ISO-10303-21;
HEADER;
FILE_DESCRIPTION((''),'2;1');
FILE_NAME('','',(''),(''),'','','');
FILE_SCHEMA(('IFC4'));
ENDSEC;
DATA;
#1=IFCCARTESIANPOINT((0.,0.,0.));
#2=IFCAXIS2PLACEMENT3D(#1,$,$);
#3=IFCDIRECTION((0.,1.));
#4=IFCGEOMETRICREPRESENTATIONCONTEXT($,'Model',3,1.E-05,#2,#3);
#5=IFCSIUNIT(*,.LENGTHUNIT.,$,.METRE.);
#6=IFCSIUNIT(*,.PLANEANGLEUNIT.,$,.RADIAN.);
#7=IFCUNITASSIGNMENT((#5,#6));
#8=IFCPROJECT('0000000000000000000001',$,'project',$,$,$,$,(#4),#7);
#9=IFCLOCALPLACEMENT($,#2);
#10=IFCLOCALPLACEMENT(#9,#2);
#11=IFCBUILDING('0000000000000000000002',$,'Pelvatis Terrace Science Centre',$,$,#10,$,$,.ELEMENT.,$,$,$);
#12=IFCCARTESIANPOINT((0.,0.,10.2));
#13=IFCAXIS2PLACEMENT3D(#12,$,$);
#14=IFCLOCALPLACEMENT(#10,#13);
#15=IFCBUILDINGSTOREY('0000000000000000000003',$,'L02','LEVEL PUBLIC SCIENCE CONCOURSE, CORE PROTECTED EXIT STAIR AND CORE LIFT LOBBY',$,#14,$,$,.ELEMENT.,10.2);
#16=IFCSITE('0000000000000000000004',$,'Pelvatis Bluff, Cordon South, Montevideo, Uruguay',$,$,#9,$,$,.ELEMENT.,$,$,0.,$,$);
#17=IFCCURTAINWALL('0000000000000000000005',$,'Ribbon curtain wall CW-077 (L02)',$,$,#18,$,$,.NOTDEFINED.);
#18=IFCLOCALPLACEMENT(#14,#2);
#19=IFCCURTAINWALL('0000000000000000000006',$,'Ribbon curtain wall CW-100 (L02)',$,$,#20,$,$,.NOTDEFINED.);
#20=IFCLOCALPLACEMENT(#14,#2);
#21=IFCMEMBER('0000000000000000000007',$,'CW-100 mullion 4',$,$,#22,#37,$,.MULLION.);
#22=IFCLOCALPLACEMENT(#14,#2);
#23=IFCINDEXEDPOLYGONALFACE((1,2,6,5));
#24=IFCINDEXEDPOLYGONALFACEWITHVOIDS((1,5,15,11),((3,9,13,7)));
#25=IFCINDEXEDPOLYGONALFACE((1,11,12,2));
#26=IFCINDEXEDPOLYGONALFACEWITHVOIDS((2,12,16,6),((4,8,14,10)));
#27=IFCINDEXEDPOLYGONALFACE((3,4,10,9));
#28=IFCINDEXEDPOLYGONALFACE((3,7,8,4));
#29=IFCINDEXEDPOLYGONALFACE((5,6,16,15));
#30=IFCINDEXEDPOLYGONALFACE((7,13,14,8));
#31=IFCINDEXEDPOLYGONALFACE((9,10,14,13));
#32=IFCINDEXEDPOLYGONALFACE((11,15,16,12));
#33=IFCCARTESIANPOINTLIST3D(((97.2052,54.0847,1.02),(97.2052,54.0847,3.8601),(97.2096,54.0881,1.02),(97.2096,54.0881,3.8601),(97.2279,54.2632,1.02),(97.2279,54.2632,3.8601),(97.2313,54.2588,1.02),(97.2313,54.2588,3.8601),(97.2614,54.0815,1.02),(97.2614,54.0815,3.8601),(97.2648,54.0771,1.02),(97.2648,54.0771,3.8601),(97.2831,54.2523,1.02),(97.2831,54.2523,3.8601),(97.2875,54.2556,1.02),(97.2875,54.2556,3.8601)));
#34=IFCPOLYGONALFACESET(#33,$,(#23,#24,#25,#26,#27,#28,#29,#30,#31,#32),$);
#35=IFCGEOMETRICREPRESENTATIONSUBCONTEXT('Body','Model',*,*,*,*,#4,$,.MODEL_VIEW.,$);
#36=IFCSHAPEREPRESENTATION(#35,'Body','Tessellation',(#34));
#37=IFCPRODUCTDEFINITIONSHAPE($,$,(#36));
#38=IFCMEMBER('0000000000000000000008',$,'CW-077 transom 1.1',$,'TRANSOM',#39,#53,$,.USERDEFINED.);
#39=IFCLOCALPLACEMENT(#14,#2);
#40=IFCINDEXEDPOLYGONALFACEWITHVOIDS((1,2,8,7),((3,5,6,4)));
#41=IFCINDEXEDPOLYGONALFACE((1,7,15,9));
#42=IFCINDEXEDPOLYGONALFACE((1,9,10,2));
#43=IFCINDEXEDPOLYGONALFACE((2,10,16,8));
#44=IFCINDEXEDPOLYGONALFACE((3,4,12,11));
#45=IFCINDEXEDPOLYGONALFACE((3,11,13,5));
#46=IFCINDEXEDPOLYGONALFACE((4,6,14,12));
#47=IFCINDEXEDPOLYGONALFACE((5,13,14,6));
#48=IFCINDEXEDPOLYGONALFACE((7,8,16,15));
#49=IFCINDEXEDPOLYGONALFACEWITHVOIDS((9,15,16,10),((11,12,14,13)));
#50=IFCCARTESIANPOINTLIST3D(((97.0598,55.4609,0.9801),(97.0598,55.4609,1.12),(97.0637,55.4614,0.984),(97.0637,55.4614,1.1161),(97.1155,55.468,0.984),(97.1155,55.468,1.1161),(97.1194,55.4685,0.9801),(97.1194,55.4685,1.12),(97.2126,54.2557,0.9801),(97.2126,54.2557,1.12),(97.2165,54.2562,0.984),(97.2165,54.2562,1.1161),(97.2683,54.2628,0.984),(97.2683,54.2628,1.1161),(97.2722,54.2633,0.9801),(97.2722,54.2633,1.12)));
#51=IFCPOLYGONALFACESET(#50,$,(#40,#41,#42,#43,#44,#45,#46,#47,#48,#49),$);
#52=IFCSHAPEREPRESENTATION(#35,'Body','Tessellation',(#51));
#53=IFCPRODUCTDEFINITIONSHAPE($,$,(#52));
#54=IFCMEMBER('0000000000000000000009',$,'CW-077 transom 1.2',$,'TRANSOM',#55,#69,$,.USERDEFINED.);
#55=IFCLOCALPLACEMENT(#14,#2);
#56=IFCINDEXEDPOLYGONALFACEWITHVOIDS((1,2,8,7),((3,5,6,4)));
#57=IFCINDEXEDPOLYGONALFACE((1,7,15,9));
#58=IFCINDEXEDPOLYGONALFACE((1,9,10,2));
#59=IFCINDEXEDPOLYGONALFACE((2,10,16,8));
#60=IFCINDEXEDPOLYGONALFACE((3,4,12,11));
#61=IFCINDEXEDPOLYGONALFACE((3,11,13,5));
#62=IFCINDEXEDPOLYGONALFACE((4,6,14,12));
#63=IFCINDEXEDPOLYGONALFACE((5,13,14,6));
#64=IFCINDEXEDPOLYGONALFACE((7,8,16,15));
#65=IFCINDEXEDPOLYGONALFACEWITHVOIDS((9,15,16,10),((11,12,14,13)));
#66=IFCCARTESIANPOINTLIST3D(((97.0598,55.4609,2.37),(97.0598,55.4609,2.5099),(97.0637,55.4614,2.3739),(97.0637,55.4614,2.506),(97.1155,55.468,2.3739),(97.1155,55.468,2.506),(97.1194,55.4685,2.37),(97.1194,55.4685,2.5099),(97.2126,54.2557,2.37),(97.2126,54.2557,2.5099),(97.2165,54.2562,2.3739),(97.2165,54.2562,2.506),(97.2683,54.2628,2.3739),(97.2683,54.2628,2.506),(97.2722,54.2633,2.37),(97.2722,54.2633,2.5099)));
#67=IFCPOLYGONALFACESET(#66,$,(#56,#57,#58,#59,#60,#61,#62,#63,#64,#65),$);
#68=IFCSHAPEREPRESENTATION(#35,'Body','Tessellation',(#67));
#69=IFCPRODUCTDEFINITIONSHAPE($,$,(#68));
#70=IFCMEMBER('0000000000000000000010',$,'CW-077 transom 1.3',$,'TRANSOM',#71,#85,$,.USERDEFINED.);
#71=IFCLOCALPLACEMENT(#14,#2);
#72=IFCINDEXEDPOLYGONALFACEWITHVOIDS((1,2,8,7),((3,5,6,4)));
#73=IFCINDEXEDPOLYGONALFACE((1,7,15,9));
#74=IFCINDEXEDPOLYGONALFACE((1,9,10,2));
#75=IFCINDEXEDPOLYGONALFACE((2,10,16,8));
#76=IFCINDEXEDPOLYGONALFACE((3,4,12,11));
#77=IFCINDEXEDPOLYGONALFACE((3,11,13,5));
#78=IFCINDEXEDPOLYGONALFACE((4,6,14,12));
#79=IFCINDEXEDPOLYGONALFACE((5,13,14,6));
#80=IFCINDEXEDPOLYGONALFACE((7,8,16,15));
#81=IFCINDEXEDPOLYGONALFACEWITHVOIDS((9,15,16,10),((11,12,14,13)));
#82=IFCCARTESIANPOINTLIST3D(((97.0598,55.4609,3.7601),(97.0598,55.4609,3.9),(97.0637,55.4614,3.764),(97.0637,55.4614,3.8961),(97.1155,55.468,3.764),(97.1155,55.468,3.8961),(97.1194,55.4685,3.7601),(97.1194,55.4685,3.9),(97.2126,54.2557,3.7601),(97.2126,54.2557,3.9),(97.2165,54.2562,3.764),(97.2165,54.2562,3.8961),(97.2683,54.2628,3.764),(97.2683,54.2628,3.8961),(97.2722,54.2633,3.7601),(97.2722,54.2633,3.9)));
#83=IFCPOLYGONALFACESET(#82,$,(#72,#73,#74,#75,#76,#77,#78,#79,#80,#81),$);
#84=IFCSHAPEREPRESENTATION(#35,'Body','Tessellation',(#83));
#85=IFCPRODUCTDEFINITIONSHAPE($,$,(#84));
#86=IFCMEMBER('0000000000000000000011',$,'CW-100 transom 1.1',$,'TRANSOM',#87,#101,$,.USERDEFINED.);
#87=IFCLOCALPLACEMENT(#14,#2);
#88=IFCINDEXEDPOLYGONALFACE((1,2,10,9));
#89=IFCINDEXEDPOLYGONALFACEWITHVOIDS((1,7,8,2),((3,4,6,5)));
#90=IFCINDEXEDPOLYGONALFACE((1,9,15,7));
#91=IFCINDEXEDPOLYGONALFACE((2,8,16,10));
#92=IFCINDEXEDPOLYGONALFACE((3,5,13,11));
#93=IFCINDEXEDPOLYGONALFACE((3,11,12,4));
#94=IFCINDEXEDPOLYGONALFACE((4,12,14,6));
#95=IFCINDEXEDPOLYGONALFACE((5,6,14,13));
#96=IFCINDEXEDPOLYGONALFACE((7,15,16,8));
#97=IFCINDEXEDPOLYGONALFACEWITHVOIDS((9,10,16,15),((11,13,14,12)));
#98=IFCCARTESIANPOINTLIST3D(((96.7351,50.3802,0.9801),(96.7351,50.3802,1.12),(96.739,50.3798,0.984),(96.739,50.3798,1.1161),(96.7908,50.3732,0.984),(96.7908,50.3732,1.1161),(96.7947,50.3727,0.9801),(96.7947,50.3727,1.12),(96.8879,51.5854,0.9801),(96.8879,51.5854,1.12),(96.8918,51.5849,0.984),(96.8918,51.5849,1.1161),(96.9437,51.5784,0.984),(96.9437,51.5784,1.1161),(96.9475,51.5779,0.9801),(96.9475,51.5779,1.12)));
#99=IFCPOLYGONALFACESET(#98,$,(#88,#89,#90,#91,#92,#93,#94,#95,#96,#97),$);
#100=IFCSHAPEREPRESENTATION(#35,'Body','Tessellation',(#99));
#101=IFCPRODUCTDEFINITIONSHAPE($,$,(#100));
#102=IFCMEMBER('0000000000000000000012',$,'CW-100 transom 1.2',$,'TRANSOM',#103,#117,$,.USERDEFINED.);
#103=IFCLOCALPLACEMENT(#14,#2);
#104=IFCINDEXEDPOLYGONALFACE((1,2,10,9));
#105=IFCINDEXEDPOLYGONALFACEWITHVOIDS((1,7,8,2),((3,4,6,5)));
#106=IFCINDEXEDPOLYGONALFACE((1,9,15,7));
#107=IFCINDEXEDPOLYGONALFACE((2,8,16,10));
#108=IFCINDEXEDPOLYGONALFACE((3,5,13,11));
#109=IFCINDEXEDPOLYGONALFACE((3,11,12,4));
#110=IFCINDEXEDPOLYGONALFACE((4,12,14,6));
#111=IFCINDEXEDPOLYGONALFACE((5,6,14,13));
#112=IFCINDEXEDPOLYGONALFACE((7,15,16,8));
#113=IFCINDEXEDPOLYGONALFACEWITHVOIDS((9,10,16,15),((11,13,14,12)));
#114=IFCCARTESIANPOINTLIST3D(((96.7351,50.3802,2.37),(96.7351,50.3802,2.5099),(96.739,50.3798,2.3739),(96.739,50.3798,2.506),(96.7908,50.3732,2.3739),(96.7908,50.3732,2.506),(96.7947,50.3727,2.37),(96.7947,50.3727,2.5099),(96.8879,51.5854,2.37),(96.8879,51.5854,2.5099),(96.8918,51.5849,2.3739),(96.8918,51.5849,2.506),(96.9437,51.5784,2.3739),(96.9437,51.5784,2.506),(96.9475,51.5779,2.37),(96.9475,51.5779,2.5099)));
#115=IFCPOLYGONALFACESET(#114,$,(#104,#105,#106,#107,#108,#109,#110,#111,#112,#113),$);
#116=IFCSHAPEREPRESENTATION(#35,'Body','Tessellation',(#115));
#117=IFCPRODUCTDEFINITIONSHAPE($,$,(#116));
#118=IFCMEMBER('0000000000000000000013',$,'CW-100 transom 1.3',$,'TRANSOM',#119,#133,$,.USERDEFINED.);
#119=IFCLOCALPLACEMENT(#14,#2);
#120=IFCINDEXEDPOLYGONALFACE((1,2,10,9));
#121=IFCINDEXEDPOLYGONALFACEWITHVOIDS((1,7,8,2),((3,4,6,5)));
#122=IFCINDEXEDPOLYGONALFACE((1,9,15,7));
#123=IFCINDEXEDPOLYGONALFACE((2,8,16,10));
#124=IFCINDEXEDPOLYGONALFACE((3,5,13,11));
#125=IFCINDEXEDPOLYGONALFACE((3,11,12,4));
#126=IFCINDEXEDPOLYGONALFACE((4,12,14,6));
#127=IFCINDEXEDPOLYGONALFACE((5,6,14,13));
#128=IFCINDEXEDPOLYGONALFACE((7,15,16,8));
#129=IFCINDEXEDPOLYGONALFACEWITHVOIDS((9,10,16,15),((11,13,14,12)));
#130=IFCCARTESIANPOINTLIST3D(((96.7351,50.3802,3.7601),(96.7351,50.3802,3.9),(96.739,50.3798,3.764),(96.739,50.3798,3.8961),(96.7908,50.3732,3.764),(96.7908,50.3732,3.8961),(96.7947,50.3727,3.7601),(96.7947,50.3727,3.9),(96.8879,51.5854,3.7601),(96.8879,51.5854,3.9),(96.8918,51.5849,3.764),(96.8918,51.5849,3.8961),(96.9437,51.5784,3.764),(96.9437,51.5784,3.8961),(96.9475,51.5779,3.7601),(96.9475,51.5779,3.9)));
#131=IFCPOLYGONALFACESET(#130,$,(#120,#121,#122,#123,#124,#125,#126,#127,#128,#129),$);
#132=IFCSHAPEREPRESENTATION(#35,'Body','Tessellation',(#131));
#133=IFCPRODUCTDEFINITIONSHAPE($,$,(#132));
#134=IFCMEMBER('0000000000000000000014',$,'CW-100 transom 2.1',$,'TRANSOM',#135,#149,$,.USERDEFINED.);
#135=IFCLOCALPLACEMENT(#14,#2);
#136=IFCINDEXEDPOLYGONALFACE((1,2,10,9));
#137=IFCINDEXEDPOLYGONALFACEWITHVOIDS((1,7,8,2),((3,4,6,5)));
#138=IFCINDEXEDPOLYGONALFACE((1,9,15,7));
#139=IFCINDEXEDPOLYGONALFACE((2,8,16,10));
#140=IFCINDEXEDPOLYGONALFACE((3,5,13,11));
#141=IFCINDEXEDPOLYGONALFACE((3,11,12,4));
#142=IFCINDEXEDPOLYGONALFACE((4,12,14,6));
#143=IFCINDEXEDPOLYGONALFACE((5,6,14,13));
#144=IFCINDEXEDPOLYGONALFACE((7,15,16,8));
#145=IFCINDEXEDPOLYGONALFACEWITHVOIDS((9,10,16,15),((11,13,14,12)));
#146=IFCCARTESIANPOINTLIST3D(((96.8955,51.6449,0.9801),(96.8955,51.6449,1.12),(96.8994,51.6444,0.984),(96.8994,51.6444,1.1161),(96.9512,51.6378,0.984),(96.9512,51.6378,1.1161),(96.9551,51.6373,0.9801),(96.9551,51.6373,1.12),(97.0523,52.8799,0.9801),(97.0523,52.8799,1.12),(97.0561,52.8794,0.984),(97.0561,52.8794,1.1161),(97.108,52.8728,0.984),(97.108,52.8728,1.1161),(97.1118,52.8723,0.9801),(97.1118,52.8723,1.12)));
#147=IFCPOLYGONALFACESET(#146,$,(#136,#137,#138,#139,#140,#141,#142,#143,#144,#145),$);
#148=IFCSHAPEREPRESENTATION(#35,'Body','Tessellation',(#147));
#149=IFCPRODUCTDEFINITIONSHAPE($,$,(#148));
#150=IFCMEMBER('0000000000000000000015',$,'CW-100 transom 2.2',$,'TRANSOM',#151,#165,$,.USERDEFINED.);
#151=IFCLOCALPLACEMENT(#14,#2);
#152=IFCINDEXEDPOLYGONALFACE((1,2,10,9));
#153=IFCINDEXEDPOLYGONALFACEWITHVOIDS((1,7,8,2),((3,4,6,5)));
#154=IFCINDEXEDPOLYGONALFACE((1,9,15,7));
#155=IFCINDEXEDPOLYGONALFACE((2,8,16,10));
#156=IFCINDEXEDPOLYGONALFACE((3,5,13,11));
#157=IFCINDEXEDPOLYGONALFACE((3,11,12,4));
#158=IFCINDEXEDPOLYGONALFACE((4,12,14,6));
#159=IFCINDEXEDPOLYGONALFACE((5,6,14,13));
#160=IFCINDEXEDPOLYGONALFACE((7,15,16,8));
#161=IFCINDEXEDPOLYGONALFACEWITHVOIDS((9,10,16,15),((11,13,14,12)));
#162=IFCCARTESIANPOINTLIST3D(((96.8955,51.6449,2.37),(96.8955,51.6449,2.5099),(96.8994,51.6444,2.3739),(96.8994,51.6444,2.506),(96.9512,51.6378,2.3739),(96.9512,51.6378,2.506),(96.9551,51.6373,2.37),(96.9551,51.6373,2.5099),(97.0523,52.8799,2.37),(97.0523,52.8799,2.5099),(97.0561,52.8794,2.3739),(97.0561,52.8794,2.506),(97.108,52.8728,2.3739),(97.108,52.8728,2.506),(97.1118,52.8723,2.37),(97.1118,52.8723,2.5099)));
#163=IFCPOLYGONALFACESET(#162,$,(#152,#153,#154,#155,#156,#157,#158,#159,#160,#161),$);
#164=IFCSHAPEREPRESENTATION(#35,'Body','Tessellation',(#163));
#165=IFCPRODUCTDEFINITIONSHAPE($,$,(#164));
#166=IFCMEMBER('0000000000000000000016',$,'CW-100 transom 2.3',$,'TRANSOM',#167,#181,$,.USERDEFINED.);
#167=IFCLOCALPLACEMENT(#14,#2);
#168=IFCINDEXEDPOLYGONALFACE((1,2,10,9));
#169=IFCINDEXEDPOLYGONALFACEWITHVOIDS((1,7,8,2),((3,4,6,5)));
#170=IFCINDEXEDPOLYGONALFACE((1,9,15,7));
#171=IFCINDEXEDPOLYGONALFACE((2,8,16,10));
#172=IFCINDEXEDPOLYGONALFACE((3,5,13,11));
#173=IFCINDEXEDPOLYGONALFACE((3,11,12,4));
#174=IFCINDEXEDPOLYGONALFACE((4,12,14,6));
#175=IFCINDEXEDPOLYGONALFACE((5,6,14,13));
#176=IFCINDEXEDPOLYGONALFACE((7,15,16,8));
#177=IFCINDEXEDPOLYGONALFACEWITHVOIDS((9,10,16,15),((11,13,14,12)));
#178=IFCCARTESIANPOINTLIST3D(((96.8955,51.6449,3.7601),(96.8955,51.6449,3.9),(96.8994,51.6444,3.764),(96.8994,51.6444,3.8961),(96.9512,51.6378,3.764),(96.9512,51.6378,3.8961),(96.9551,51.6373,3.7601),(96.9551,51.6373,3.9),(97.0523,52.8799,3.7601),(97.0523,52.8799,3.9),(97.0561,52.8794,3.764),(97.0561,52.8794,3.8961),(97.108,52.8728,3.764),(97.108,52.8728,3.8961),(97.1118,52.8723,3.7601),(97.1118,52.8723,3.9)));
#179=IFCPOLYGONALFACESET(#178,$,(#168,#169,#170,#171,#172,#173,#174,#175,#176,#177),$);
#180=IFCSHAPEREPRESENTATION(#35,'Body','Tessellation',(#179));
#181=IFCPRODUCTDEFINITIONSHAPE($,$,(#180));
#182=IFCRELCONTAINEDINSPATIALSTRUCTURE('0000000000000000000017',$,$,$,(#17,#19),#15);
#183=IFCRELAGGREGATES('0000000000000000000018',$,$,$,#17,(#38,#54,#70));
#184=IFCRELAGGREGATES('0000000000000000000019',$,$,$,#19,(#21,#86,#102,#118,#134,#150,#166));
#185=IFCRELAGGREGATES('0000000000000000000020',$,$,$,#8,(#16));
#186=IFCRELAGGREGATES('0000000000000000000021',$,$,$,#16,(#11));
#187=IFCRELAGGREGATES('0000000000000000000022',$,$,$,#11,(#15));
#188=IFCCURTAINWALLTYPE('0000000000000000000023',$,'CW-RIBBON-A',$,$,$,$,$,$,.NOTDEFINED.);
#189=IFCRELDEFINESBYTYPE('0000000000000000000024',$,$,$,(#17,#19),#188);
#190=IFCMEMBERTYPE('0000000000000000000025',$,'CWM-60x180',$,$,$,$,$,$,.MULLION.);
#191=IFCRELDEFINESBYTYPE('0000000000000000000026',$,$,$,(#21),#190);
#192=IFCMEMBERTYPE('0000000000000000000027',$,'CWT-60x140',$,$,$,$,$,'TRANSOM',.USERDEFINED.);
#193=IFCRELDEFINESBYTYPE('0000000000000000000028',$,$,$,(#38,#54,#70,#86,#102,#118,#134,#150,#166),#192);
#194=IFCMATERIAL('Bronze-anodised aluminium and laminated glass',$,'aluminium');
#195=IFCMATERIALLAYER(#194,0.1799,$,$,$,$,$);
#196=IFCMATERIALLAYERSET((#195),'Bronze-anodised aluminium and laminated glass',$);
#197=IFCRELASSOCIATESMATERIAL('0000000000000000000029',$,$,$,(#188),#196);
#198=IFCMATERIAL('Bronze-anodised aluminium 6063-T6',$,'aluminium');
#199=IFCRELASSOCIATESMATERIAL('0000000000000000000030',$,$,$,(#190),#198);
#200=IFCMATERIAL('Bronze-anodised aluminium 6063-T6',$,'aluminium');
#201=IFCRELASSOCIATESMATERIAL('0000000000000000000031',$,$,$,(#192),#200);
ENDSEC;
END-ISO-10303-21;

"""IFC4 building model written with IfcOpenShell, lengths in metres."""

from ifc_helpers import new_model, si_unit, direction, frame, origin, origin_2d, place, context, subcontext, project, spatial, hollow_rectangle, extrude, material, layer, layer_set, material_profile, profile_set, type_object, element, aggregate, save


model = new_model("IFC4")

# Units and contexts
model_context = context("Model", 3, precision=1e-05, world=origin(), true_north=direction((0.0, 1.0)))
body_context = subcontext(model_context, "Body", "Model", "MODEL_VIEW")
ifc_project = project(units=[si_unit("LENGTHUNIT", "METRE"), si_unit("PLANEANGLEUNIT", "RADIAN")], contexts=[model_context])

# Site, building, storey
site_placement = place(None, origin())
site = spatial("IfcSite", under=ifc_project, at=site_placement, Name="Pelvatis Bluff, Cordon South, Montevideo, Uruguay", CompositionType="ELEMENT", RefElevation=0.0)
building_placement = place(site_placement, origin())
building = spatial("IfcBuilding", under=site, at=building_placement, Name="Pelvatis Terrace Science Centre", CompositionType="ELEMENT")
storey_placement = place(building_placement, frame((0.0, 0.0, 10.2)))
storey = spatial("IfcBuildingStorey", under=building, at=storey_placement, Name="L02", Description="LEVEL PUBLIC SCIENCE CONCOURSE, CORE PROTECTED EXIT STAIR AND CORE LIFT LOBBY", CompositionType="ELEMENT", Elevation=10.2)

# Curtain wall
ifc_material_1 = material(Name="Bronze-anodised aluminium and laminated glass", Category="aluminium")
ifc_layer_1 = layer(ifc_material_1, 0.1799)
ifc_layer_set_1 = layer_set([ifc_layer_1], Name="Bronze-anodised aluminium and laminated glass")
curtain_wall_type = type_object("IfcCurtainWallType", Name="CW-RIBBON-A", PredefinedType="NOTDEFINED", material=ifc_layer_set_1)
curtain_wall_1_placement = place(storey_placement, origin())
curtain_wall_1 = element("IfcCurtainWall", 1, at=curtain_wall_1_placement, inside=storey, type_object=curtain_wall_type, Name="Ribbon curtain wall CW-077 (L02)", PredefinedType="NOTDEFINED")
ifc_material_2 = material(Name="Bronze-anodised aluminium 6063-T6", Category="aluminium")
ifc_material_profile_1 = material_profile(ifc_material_2, hollow_rectangle(XDim=0.0601, YDim=0.1799, WallThickness=0.0039, at=origin_2d()), Name="ALU-MUL 60x180")
ifc_profile_set_1 = profile_set([ifc_material_profile_1], Name="Bronze-anodised aluminium 6063-T6")
member_type_1 = type_object("IfcMemberType", Name="CWM-60x180", PredefinedType="MULLION", material=ifc_profile_set_1)

# Curtain wall, member
curtain_wall_2_placement = place(storey_placement, origin())
curtain_wall_2 = element("IfcCurtainWall", 2, at=curtain_wall_2_placement, inside=storey, type_object=curtain_wall_type, Name="Ribbon curtain wall CW-100 (L02)", PredefinedType="NOTDEFINED")
member_1_placement = place(storey_placement, frame((97.2463, 54.1702, 1.02), z_axis=(0.0, 0.0, 1.0), x_axis=(-0.992046, 0.125877, 0.0)))
member_1 = element("IfcMember", 3, at=member_1_placement, type_object=member_type_1, Name="CW-100 mullion 4", PredefinedType="MULLION", context=body_context, shape_type="SweptSolid", body=[
    extrude(hollow_rectangle(XDim=0.0601, YDim=0.1799, WallThickness=0.0039, at=origin_2d()), origin(), (0.0, 0.0, 1.0), 2.8401),
])

# Members
ifc_material_3 = material(Name="Bronze-anodised aluminium 6063-T6", Category="aluminium")
ifc_material_profile_2 = material_profile(ifc_material_3, hollow_rectangle(XDim=0.0601, YDim=0.1399, WallThickness=0.0039, at=origin_2d()), Name="ALU-TRN 60x140")
ifc_profile_set_2 = profile_set([ifc_material_profile_2], Name="Bronze-anodised aluminium 6063-T6")
member_type_2 = type_object("IfcMemberType", Name="CWT-60x140", ElementType="TRANSOM", PredefinedType="USERDEFINED", material=ifc_profile_set_2)
member_2_placement = place(storey_placement, frame((97.2424, 54.2595, 1.05), z_axis=(-0.125816, 0.992054, 0.0), x_axis=(-0.992054, -0.125816, 0.0)))
member_2 = element("IfcMember", 4, at=member_2_placement, type_object=member_type_2, Name="CW-077 transom 1.1", ObjectType="TRANSOM", PredefinedType="USERDEFINED", context=body_context, shape_type="SweptSolid", body=[
    extrude(hollow_rectangle(XDim=0.0601, YDim=0.1399, WallThickness=0.0039, at=origin_2d()), origin(), (0.0, 0.0, 1.0), 1.2148),
])
member_3_placement = place(storey_placement, frame((97.2424, 54.2595, 2.4399), z_axis=(-0.125816, 0.992054, 0.0), x_axis=(-0.992054, -0.125816, 0.0)))
member_3 = element("IfcMember", 5, at=member_3_placement, type_object=member_type_2, Name="CW-077 transom 1.2", ObjectType="TRANSOM", PredefinedType="USERDEFINED", context=body_context, shape_type="SweptSolid", body=[
    extrude(hollow_rectangle(XDim=0.0601, YDim=0.1399, WallThickness=0.0039, at=origin_2d()), origin(), (0.0, 0.0, 1.0), 1.2148),
])
member_4_placement = place(storey_placement, frame((97.2424, 54.2595, 3.8301), z_axis=(-0.125816, 0.992054, 0.0), x_axis=(-0.992054, -0.125816, 0.0)))
member_4 = element("IfcMember", 6, at=member_4_placement, type_object=member_type_2, Name="CW-077 transom 1.3", ObjectType="TRANSOM", PredefinedType="USERDEFINED", context=body_context, shape_type="SweptSolid", body=[
    extrude(hollow_rectangle(XDim=0.0601, YDim=0.1399, WallThickness=0.0039, at=origin_2d()), origin(), (0.0, 0.0, 1.0), 1.2148),
])
member_5_placement = place(storey_placement, frame((96.7649, 50.3765, 1.05), z_axis=(0.125816, 0.992054, 0.0), x_axis=(-0.992054, 0.125816, 0.0)))
member_5 = element("IfcMember", 7, at=member_5_placement, type_object=member_type_2, Name="CW-100 transom 1.1", ObjectType="TRANSOM", PredefinedType="USERDEFINED", context=body_context, shape_type="SweptSolid", body=[
    extrude(hollow_rectangle(XDim=0.0601, YDim=0.1399, WallThickness=0.0039, at=origin_2d()), origin(), (0.0, 0.0, 1.0), 1.2148),
])
member_6_placement = place(storey_placement, frame((96.7649, 50.3765, 2.4399), z_axis=(0.125816, 0.992054, 0.0), x_axis=(-0.992054, 0.125816, 0.0)))
member_6 = element("IfcMember", 8, at=member_6_placement, type_object=member_type_2, Name="CW-100 transom 1.2", ObjectType="TRANSOM", PredefinedType="USERDEFINED", context=body_context, shape_type="SweptSolid", body=[
    extrude(hollow_rectangle(XDim=0.0601, YDim=0.1399, WallThickness=0.0039, at=origin_2d()), origin(), (0.0, 0.0, 1.0), 1.2148),
])
member_7_placement = place(storey_placement, frame((96.7649, 50.3765, 3.8301), z_axis=(0.125816, 0.992054, 0.0), x_axis=(-0.992054, 0.125816, 0.0)))
member_7 = element("IfcMember", 9, at=member_7_placement, type_object=member_type_2, Name="CW-100 transom 1.3", ObjectType="TRANSOM", PredefinedType="USERDEFINED", context=body_context, shape_type="SweptSolid", body=[
    extrude(hollow_rectangle(XDim=0.0601, YDim=0.1399, WallThickness=0.0039, at=origin_2d()), origin(), (0.0, 0.0, 1.0), 1.2148),
])
member_8_placement = place(storey_placement, frame((96.9253, 51.6411, 1.05), z_axis=(0.125917, 0.992041, 0.0), x_axis=(-0.992041, 0.125917, 0.0)))
member_8 = element("IfcMember", 10, at=member_8_placement, type_object=member_type_2, Name="CW-100 transom 2.1", ObjectType="TRANSOM", PredefinedType="USERDEFINED", context=body_context, shape_type="SweptSolid", body=[
    extrude(hollow_rectangle(XDim=0.0601, YDim=0.1399, WallThickness=0.0039, at=origin_2d()), origin(), (0.0, 0.0, 1.0), 1.2449),
])
member_9_placement = place(storey_placement, frame((96.9253, 51.6411, 2.4399), z_axis=(0.125917, 0.992041, 0.0), x_axis=(-0.992041, 0.125917, 0.0)))
member_9 = element("IfcMember", 11, at=member_9_placement, type_object=member_type_2, Name="CW-100 transom 2.2", ObjectType="TRANSOM", PredefinedType="USERDEFINED", context=body_context, shape_type="SweptSolid", body=[
    extrude(hollow_rectangle(XDim=0.0601, YDim=0.1399, WallThickness=0.0039, at=origin_2d()), origin(), (0.0, 0.0, 1.0), 1.2449),
])
member_10_placement = place(storey_placement, frame((96.9253, 51.6411, 3.8301), z_axis=(0.125917, 0.992041, 0.0), x_axis=(-0.992041, 0.125917, 0.0)))
member_10 = element("IfcMember", 12, at=member_10_placement, type_object=member_type_2, Name="CW-100 transom 2.3", ObjectType="TRANSOM", PredefinedType="USERDEFINED", context=body_context, shape_type="SweptSolid", body=[
    extrude(hollow_rectangle(XDim=0.0601, YDim=0.1399, WallThickness=0.0039, at=origin_2d()), origin(), (0.0, 0.0, 1.0), 1.2449),
])

aggregate(curtain_wall_1, [member_2, member_3, member_4])
aggregate(curtain_wall_2, [member_1, member_5, member_6, member_7, member_8, member_9, member_10])

save(model, "model.ifc")
